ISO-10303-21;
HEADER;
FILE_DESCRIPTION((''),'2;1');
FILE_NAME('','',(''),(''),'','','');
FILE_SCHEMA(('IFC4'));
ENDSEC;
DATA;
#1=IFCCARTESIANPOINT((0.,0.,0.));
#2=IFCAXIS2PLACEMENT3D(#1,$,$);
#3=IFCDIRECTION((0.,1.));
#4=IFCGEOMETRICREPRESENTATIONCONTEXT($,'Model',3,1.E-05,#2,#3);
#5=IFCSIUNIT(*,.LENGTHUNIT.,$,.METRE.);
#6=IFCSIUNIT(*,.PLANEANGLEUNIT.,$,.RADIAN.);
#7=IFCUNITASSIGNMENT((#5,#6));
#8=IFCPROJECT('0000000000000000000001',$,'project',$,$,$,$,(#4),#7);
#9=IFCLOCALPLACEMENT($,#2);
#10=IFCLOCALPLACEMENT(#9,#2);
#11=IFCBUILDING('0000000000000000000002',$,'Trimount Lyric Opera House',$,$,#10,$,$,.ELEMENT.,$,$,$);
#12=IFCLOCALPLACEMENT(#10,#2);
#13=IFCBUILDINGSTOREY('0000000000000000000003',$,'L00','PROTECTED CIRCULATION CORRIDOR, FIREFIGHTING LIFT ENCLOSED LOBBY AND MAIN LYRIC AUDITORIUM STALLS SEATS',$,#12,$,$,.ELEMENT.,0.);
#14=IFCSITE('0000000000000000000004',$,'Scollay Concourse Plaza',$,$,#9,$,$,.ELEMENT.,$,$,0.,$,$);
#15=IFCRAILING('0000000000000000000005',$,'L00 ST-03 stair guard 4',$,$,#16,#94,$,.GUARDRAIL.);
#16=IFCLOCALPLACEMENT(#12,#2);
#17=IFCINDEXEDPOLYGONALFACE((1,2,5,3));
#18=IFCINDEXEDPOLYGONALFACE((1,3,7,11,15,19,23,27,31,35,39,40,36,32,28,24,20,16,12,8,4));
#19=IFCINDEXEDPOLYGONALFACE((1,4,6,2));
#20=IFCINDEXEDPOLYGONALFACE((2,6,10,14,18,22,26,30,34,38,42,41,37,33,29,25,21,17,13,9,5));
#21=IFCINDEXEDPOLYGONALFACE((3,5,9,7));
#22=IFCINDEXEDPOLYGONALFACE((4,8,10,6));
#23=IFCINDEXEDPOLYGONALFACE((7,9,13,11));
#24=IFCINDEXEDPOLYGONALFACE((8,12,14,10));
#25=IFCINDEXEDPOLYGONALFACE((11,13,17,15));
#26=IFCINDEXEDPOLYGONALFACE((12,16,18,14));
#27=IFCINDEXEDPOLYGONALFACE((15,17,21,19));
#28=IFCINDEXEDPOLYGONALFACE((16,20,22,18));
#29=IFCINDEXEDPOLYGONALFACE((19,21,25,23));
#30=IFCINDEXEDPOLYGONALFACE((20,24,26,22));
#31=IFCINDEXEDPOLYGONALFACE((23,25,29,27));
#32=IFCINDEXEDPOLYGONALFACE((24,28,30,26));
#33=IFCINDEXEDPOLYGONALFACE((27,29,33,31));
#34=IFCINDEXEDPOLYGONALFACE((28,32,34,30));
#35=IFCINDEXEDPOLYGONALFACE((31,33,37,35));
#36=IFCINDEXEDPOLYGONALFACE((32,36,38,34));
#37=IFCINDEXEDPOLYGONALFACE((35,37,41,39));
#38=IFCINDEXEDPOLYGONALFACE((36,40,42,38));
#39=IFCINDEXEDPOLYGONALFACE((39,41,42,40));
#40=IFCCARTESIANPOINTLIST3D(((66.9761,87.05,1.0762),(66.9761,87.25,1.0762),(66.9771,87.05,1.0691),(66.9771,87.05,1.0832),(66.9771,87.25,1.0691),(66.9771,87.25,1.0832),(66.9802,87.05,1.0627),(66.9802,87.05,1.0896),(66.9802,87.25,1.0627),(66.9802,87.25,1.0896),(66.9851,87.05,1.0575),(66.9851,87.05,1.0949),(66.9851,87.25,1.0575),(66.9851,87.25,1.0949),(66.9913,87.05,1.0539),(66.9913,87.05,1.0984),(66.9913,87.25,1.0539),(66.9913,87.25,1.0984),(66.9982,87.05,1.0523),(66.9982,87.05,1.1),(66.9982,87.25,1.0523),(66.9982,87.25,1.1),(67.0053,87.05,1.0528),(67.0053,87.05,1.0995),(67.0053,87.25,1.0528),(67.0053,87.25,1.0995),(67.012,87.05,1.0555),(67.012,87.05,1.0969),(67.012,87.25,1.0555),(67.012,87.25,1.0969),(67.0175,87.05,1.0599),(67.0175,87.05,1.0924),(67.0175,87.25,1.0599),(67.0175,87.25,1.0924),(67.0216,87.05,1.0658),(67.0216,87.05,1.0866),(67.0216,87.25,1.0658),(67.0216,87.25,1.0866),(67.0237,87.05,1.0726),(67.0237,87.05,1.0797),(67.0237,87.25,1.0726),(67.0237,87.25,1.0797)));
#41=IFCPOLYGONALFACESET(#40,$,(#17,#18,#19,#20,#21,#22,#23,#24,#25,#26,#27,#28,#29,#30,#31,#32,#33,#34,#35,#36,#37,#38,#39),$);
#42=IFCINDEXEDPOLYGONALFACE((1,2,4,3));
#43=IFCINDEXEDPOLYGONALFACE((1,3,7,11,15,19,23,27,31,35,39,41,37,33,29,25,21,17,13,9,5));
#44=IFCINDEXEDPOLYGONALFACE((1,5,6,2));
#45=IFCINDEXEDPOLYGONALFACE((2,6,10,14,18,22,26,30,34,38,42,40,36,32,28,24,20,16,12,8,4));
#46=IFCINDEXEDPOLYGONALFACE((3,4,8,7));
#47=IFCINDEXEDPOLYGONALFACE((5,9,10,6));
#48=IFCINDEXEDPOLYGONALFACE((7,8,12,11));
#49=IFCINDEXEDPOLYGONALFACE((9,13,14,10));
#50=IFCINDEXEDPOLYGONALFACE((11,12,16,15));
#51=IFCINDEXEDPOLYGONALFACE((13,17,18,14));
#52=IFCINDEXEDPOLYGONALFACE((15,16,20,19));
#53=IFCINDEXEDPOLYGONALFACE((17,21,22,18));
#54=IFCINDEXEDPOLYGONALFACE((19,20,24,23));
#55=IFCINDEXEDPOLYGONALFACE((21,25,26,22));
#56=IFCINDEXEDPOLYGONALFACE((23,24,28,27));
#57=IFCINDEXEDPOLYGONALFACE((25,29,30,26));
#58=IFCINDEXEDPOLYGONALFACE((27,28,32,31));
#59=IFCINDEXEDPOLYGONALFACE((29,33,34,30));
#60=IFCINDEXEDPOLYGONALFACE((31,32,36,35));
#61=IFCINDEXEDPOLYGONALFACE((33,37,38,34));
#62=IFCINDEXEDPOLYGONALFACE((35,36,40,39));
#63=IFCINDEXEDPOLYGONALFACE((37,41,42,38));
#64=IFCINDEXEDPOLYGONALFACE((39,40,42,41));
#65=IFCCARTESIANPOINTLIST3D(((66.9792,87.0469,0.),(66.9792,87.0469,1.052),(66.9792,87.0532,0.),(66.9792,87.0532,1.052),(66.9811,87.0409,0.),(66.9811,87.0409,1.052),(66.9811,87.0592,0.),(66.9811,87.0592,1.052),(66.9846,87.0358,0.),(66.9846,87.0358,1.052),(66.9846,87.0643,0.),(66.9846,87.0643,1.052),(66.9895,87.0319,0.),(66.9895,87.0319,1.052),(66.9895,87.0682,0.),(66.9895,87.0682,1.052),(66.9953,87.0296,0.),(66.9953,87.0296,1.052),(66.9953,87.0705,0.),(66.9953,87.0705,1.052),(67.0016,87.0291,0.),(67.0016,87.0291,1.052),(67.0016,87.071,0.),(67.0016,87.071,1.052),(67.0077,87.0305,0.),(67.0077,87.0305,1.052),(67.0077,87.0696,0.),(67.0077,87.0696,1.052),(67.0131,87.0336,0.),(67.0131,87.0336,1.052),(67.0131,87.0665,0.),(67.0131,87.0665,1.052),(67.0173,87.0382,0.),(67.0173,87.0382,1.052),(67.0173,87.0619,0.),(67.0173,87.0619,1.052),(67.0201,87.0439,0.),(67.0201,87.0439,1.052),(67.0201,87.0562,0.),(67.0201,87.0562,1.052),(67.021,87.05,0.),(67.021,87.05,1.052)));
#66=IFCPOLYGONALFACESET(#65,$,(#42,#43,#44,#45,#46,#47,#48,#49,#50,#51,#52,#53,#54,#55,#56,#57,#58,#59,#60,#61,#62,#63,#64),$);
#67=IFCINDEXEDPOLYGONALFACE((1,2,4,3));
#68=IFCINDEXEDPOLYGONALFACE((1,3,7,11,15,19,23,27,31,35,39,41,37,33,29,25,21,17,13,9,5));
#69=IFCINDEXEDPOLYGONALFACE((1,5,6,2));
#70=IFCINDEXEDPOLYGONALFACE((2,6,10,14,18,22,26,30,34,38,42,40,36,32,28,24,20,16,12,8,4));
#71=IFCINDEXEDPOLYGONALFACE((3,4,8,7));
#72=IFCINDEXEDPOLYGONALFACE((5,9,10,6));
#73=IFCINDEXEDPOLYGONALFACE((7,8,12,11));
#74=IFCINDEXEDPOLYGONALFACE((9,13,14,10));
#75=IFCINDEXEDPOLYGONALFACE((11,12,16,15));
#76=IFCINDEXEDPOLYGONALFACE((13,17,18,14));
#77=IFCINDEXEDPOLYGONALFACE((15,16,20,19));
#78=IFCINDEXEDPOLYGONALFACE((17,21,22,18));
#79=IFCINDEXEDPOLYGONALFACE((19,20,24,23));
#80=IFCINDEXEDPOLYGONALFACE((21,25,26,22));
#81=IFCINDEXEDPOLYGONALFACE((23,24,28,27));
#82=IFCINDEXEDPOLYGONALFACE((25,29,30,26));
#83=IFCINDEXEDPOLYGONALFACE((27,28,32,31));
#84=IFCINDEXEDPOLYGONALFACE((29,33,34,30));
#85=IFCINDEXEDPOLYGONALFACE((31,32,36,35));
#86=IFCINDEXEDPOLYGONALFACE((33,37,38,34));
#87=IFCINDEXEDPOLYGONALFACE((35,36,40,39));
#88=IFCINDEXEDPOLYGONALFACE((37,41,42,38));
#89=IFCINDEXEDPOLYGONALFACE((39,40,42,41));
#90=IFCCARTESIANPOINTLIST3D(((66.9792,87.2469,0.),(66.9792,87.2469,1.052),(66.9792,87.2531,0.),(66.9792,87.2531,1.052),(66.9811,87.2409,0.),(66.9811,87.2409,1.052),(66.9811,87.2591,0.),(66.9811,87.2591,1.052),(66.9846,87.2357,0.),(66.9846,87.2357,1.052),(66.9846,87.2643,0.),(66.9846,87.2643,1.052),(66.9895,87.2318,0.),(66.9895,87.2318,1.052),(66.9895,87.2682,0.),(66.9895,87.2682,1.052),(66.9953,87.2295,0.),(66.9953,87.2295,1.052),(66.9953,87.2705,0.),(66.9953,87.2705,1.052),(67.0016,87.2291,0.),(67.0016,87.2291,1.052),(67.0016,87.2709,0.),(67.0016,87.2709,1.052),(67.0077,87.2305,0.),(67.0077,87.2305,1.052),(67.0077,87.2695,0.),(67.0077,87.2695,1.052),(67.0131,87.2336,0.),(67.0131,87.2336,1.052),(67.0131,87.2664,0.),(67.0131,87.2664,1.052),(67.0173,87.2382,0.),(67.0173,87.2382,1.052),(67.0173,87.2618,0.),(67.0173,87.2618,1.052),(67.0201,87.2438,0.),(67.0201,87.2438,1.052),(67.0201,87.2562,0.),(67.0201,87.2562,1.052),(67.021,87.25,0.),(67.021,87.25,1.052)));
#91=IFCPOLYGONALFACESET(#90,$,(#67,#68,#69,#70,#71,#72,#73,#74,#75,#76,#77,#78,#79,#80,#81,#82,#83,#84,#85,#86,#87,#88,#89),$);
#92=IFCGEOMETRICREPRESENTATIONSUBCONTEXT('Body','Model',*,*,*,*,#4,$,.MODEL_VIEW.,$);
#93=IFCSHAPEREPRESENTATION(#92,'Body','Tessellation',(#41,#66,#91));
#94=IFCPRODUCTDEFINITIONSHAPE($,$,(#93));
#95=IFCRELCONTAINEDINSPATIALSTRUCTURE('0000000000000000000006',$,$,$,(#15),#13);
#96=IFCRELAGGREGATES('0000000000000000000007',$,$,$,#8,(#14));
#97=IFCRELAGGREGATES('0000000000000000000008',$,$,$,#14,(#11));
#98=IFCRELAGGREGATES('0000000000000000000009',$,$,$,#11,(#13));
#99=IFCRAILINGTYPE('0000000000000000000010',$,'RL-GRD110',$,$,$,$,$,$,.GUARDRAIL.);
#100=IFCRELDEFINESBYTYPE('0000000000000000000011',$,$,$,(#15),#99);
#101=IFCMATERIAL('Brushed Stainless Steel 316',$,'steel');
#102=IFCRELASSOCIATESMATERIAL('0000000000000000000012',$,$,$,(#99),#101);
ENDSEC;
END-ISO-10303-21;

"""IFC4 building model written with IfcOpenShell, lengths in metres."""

from ifc_helpers import new_model, si_unit, direction, frame, origin, origin_2d, place, context, subcontext, project, spatial, circle, extrude, material, type_object, element, save


model = new_model("IFC4")

# Units and contexts
model_context = context("Model", 3, precision=1e-05, world=origin(), true_north=direction((0.0, 1.0)))
body_context = subcontext(model_context, "Body", "Model", "MODEL_VIEW")
ifc_project = project(units=[si_unit("LENGTHUNIT", "METRE"), si_unit("PLANEANGLEUNIT", "RADIAN")], contexts=[model_context])

# Site, building, storey
site_placement = place(None, origin())
site = spatial("IfcSite", under=ifc_project, at=site_placement, Name="Scollay Concourse Plaza", CompositionType="ELEMENT", RefElevation=0.0)
building_placement = place(site_placement, origin())
building = spatial("IfcBuilding", under=site, at=building_placement, Name="Trimount Lyric Opera House", CompositionType="ELEMENT")
storey_placement = place(building_placement, origin())
storey = spatial("IfcBuildingStorey", under=building, at=storey_placement, Name="L00", Description="PROTECTED CIRCULATION CORRIDOR, FIREFIGHTING LIFT ENCLOSED LOBBY AND MAIN LYRIC AUDITORIUM STALLS SEATS", CompositionType="ELEMENT", Elevation=0.0)

# Railing
ifc_material_1 = material(Name="Brushed Stainless Steel 316", Category="steel")
railing_type_1 = type_object("IfcRailingType", Name="RL-GRD110", PredefinedType="GUARDRAIL", material=ifc_material_1)
railing_1_placement = place(storey_placement, frame((67.0, 87.05, 0.0)))
element("IfcRailing", 1, at=railing_1_placement, inside=storey, type_object=railing_type_1, Name="L00 ST-03 stair guard 4", PredefinedType="GUARDRAIL", context=body_context, shape_type="SweptSolid", body=[
    extrude(circle(Radius=0.0239, at=origin_2d()), frame((0.0, 0.0, 1.0762), z_axis=(0.0, 1.0, 0.0), x_axis=(-1.0, 0.0, 0.0)), (0.0, 0.0, 1.0), 0.2),
    extrude(circle(Radius=0.021, at=origin_2d()), origin(), (0.0, 0.0, 1.0), 1.052),
    extrude(circle(Radius=0.021, at=origin_2d()), frame((0.0, 0.2, 0.0)), (0.0, 0.0, 1.0), 1.052),
])

save(model, "model.ifc")
